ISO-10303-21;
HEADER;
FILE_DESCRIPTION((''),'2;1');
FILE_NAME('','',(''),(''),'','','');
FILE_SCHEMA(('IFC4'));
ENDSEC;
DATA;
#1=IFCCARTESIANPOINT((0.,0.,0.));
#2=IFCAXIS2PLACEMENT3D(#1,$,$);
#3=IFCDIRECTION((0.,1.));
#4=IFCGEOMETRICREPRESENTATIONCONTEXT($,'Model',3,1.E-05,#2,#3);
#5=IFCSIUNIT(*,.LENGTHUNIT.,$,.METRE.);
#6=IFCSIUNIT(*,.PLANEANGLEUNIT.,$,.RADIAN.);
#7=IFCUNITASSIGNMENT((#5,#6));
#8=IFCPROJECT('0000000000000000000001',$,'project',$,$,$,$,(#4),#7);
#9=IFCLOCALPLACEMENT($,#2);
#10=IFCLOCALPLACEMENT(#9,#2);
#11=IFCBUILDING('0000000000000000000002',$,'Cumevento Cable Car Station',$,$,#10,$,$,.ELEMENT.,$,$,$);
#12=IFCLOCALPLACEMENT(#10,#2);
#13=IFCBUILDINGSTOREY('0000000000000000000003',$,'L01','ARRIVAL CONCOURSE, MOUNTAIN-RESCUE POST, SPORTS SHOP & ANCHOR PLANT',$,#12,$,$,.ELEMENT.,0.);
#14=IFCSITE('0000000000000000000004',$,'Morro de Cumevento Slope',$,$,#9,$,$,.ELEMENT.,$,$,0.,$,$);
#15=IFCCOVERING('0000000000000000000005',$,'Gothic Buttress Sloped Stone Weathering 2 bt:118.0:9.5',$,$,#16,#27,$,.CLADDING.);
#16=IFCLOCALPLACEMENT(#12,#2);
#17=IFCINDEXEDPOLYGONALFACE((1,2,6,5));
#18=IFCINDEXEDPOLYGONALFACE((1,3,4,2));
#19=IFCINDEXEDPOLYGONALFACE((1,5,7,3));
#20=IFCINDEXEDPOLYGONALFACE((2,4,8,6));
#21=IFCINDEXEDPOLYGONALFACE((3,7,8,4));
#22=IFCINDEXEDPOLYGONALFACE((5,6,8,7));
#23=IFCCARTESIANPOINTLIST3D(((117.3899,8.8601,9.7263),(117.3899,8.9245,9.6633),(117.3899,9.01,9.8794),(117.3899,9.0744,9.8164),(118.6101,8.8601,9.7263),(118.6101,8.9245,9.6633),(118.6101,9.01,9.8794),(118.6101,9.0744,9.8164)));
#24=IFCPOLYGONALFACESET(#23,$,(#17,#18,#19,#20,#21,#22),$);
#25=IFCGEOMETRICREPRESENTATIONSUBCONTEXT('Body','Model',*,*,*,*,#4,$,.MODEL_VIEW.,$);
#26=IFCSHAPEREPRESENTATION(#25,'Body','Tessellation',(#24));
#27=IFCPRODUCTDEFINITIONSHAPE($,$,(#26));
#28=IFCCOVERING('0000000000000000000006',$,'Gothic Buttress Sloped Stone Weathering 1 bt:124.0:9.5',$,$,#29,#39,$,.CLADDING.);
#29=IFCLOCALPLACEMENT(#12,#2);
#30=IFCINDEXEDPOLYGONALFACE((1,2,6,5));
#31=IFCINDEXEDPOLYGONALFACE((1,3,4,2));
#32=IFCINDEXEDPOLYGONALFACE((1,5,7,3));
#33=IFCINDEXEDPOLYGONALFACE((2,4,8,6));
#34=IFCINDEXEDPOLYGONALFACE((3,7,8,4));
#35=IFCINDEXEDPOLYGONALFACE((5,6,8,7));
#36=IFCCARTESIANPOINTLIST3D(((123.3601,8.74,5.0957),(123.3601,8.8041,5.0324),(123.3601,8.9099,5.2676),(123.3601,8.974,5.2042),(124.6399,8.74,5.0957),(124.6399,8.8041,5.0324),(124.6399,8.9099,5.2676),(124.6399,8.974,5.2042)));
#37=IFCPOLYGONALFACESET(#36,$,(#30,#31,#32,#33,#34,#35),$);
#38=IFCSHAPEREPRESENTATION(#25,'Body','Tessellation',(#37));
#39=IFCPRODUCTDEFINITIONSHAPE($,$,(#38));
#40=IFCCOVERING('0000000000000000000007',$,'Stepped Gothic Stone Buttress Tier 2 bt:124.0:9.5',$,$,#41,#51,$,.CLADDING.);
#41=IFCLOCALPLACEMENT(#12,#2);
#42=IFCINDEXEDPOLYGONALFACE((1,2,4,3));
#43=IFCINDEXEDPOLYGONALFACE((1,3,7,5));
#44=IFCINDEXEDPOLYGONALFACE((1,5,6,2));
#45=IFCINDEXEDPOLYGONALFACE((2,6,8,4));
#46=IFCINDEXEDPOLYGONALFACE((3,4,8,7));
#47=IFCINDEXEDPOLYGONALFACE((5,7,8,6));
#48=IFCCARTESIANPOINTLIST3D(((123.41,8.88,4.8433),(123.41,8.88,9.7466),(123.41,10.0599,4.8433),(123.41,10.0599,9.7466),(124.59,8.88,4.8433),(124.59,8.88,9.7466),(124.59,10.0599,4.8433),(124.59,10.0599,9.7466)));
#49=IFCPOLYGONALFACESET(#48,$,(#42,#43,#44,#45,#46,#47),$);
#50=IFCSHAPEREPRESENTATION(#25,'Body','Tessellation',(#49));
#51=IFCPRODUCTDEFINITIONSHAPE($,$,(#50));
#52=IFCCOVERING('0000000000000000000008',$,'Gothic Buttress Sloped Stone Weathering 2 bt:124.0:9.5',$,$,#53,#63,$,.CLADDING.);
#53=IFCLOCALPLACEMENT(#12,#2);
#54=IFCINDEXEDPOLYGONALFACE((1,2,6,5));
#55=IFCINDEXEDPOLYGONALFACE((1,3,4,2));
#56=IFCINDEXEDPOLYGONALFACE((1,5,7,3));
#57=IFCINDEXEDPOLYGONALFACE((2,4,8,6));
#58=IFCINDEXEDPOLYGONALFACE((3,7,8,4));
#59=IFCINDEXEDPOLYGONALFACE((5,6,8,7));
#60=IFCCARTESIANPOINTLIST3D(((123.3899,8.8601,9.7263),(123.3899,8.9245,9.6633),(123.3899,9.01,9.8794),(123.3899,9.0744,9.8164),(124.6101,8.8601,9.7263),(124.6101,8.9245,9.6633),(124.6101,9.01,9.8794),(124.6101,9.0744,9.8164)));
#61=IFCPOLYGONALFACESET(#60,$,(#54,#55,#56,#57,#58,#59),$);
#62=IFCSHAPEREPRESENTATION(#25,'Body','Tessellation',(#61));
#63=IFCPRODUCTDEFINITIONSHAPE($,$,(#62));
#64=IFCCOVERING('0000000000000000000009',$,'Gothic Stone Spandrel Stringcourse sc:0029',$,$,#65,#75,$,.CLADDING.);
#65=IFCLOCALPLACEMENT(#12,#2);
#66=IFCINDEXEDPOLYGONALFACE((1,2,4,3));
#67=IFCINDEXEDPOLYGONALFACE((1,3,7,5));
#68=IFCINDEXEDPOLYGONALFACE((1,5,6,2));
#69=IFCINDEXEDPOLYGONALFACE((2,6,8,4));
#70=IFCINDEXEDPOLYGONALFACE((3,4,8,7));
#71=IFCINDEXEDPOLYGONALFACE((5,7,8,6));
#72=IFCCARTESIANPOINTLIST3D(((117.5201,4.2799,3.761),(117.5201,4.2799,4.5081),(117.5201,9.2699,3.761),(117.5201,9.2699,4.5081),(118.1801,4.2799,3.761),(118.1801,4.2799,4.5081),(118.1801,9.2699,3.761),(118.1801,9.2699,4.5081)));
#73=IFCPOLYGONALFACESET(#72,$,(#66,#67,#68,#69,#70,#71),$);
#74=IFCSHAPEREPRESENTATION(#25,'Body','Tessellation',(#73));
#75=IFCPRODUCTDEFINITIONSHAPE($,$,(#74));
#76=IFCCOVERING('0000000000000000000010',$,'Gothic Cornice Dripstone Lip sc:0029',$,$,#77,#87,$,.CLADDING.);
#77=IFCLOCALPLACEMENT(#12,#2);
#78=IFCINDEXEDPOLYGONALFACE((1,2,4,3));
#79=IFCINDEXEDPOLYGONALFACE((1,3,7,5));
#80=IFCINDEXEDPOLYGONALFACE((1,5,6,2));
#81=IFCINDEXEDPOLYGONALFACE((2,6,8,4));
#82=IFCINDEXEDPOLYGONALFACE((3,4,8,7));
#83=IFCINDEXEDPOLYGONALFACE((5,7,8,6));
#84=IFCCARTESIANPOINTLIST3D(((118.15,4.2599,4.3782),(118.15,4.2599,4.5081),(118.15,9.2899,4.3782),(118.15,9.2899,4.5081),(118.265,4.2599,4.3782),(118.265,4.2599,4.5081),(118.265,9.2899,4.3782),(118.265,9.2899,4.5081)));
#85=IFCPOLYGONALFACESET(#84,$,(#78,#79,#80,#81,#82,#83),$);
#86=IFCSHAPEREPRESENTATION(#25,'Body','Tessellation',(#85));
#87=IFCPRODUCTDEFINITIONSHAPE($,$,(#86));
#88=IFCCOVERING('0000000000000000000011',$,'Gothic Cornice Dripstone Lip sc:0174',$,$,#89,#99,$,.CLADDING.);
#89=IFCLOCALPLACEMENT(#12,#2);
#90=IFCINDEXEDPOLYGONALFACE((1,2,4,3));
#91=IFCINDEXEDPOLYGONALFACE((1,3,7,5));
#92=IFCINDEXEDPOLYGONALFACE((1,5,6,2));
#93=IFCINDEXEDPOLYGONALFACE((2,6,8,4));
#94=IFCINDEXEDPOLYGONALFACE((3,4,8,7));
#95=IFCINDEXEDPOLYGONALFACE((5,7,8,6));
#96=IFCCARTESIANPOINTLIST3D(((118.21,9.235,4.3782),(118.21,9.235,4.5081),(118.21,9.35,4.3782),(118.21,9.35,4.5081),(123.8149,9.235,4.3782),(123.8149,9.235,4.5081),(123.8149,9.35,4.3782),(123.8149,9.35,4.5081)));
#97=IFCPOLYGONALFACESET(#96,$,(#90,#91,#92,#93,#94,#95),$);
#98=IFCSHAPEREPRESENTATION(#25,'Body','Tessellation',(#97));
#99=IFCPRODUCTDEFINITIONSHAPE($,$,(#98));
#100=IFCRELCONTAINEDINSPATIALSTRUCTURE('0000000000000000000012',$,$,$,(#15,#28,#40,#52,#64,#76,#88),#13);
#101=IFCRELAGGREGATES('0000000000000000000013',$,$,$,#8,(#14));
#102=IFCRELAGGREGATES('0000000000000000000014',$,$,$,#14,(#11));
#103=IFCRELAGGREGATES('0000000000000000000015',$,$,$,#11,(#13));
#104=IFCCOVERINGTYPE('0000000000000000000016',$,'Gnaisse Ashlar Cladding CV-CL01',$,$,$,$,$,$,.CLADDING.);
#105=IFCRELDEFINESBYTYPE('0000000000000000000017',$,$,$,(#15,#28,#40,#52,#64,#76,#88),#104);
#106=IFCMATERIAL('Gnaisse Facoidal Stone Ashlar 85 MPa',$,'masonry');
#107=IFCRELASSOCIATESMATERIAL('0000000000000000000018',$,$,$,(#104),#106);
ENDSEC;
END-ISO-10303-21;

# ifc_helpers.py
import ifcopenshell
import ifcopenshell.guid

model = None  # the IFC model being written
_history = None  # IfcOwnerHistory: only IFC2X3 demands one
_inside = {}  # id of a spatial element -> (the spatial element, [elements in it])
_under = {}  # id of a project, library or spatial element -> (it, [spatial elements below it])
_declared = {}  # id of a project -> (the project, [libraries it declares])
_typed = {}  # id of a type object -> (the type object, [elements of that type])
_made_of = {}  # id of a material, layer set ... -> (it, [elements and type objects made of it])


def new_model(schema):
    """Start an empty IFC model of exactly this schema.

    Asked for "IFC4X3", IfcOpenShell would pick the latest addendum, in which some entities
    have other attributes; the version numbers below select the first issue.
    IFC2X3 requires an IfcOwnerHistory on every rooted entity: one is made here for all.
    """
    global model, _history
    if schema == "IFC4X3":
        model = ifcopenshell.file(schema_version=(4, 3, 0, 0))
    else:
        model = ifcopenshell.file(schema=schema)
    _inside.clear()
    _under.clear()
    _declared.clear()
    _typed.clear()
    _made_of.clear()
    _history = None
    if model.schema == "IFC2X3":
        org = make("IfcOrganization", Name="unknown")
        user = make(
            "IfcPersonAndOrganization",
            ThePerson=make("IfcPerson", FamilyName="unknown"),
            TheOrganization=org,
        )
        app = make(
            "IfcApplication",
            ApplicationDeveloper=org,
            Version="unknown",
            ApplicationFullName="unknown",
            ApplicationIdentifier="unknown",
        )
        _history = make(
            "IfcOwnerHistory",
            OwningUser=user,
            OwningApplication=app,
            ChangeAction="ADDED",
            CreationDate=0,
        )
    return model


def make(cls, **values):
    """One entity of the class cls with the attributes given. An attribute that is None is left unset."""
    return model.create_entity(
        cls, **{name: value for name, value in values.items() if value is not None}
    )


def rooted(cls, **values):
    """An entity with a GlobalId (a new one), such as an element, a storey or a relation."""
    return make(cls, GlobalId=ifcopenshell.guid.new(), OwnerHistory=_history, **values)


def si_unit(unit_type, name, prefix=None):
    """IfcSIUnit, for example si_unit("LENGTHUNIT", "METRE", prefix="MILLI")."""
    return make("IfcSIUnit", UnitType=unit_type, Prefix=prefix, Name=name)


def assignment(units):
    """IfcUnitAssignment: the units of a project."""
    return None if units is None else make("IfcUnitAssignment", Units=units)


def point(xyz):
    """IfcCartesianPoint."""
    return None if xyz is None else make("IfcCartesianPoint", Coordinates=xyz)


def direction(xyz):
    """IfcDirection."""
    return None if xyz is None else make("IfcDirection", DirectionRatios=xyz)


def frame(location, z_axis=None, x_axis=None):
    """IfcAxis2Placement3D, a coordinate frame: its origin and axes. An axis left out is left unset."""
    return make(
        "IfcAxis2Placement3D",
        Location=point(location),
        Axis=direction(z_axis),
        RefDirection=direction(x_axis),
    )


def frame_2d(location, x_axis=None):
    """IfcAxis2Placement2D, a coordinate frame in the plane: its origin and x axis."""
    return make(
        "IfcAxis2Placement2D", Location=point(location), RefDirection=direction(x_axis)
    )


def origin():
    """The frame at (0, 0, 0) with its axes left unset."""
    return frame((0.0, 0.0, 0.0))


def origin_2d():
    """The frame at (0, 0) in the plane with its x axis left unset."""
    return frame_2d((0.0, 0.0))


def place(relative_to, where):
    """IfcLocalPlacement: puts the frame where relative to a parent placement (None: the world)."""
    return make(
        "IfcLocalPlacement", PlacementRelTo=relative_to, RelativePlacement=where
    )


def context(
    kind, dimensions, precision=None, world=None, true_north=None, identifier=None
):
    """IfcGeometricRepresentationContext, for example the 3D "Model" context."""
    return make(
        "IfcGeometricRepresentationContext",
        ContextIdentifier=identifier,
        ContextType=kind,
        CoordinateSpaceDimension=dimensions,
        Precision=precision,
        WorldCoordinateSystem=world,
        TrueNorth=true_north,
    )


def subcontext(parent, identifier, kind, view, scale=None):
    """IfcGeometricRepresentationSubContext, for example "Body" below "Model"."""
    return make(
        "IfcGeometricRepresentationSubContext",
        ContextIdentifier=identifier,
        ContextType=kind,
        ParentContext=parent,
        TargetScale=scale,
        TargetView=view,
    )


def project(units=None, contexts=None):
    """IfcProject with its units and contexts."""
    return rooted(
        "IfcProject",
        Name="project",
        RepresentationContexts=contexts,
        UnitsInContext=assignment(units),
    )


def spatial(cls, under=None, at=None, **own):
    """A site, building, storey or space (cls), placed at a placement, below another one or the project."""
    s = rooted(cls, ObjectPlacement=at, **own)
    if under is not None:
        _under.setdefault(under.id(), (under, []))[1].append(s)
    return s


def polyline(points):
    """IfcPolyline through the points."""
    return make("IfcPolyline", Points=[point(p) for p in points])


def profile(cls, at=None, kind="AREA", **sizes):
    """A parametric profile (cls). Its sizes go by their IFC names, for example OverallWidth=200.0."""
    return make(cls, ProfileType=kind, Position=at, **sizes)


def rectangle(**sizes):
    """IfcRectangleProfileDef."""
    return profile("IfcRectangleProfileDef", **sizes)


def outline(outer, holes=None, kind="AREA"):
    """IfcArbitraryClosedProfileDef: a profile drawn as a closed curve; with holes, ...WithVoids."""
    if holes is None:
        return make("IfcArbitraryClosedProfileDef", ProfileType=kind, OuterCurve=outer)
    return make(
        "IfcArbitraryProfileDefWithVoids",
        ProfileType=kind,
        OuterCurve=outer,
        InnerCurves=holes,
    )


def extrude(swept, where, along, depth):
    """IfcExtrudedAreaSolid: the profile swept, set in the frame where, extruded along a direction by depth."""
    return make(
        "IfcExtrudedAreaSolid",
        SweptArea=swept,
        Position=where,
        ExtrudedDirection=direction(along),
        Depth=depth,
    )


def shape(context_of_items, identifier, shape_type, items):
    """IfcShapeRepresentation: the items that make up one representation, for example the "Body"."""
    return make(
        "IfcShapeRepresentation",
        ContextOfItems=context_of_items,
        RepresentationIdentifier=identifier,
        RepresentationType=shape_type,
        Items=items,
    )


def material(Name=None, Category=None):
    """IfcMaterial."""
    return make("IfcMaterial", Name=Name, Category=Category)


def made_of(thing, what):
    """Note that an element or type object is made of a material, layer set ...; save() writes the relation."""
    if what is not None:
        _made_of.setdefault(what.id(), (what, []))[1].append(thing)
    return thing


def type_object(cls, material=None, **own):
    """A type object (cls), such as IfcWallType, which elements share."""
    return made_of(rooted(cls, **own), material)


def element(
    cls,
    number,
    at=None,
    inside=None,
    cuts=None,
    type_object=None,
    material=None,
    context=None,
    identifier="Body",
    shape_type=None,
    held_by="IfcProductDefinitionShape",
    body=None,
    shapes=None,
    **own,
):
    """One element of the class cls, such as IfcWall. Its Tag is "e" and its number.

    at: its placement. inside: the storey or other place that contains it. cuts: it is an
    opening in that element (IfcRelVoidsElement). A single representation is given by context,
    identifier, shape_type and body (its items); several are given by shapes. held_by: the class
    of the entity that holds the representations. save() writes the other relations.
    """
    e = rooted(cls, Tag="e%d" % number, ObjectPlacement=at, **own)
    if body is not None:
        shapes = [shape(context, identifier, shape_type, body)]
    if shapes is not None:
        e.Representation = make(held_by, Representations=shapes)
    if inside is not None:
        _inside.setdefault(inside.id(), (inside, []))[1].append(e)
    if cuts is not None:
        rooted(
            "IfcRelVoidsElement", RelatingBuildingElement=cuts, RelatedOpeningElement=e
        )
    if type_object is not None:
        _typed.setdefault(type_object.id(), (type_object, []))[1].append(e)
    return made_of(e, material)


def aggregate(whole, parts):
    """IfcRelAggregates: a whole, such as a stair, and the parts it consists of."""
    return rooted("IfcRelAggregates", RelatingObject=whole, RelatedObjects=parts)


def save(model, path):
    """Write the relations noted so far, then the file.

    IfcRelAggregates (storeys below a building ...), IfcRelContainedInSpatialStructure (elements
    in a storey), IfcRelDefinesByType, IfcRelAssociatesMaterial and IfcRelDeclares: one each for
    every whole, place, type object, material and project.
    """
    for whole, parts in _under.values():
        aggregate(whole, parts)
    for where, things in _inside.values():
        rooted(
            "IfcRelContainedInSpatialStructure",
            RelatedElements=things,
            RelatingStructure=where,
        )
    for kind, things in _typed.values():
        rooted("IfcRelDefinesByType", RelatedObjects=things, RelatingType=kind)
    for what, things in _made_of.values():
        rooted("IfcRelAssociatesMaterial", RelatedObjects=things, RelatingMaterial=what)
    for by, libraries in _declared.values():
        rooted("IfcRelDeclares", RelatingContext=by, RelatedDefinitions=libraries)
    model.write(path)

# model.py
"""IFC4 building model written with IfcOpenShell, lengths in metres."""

from ifc_helpers import new_model, si_unit, direction, frame, origin, origin_2d, place, context, subcontext, project, spatial, polyline, rectangle, outline, extrude, material, type_object, element, save


model = new_model("IFC4")

# Units and contexts
model_context = context("Model", 3, precision=1e-05, world=origin(), true_north=direction((0.0, 1.0)))
body_context = subcontext(model_context, "Body", "Model", "MODEL_VIEW")
ifc_project = project(units=[si_unit("LENGTHUNIT", "METRE"), si_unit("PLANEANGLEUNIT", "RADIAN")], contexts=[model_context])

# Site, building, storey
site_placement = place(None, origin())
site = spatial("IfcSite", under=ifc_project, at=site_placement, Name="Morro de Cumevento Slope", CompositionType="ELEMENT", RefElevation=0.0)
building_placement = place(site_placement, origin())
building = spatial("IfcBuilding", under=site, at=building_placement, Name="Cumevento Cable Car Station", CompositionType="ELEMENT")
storey_placement = place(building_placement, origin())
storey = spatial("IfcBuildingStorey", under=building, at=storey_placement, Name="L01", Description="ARRIVAL CONCOURSE, MOUNTAIN-RESCUE POST, SPORTS SHOP & ANCHOR PLANT", CompositionType="ELEMENT", Elevation=0.0)

# Coverings
ifc_material_1 = material(Name="Gnaisse Facoidal Stone Ashlar 85 MPa", Category="masonry")
covering_type = type_object("IfcCoveringType", Name="Gnaisse Ashlar Cladding CV-CL01", PredefinedType="CLADDING", material=ifc_material_1)
covering_1_placement = place(storey_placement, frame((117.3899, 8.8601, 9.7263), z_axis=(0.0, -0.714475, 0.699661), x_axis=(1.0, 0.0, 0.0)))
element("IfcCovering", 1, at=covering_1_placement, inside=storey, type_object=covering_type, Name="Gothic Buttress Sloped Stone Weathering 2 bt:118.0:9.5", PredefinedType="CLADDING", context=body_context, shape_type="SweptSolid", body=[
    extrude(outline(polyline([(0.0, 0.0), (1.2202, 0.0), (1.2202, 0.2142), (0.0, 0.2142), (0.0, 0.0)])), origin(), (0.0, 0.0, -1.0), 0.0901),
])
covering_2_placement = place(storey_placement, frame((123.3601, 8.74, 5.0957), z_axis=(0.0, -0.711136, 0.703055), x_axis=(1.0, 0.0, 0.0)))
element("IfcCovering", 2, at=covering_2_placement, inside=storey, type_object=covering_type, Name="Gothic Buttress Sloped Stone Weathering 1 bt:124.0:9.5", PredefinedType="CLADDING", context=body_context, shape_type="SweptSolid", body=[
    extrude(outline(polyline([(0.0, 0.0), (1.2798, 0.0), (1.2798, 0.2417), (0.0, 0.2417), (0.0, 0.0)])), origin(), (0.0, 0.0, -1.0), 0.0901),
])
covering_3_placement = place(storey_placement, frame((124.0, 9.47, 4.8433), z_axis=(0.0, 0.0, 1.0), x_axis=(1.0, 0.0, 0.0)))
element("IfcCovering", 3, at=covering_3_placement, inside=storey, type_object=covering_type, Name="Stepped Gothic Stone Buttress Tier 2 bt:124.0:9.5", PredefinedType="CLADDING", context=body_context, shape_type="SweptSolid", body=[
    extrude(rectangle(XDim=1.1799, YDim=1.1799, at=origin_2d()), origin(), (0.0, 0.0, 1.0), 4.9033),
])
covering_4_placement = place(storey_placement, frame((123.3899, 8.8601, 9.7263), z_axis=(0.0, -0.714475, 0.699661), x_axis=(1.0, 0.0, 0.0)))
element("IfcCovering", 4, at=covering_4_placement, inside=storey, type_object=covering_type, Name="Gothic Buttress Sloped Stone Weathering 2 bt:124.0:9.5", PredefinedType="CLADDING", context=body_context, shape_type="SweptSolid", body=[
    extrude(outline(polyline([(0.0, 0.0), (1.2202, 0.0), (1.2202, 0.2142), (0.0, 0.2142), (0.0, 0.0)])), origin(), (0.0, 0.0, -1.0), 0.0901),
])
covering_5_placement = place(storey_placement, frame((117.8501, 6.7749, 3.761), z_axis=(0.0, 0.0, 1.0), x_axis=(0.0, -1.0, 0.0)))
element("IfcCovering", 5, at=covering_5_placement, inside=storey, type_object=covering_type, Name="Gothic Stone Spandrel Stringcourse sc:0029", PredefinedType="CLADDING", context=body_context, shape_type="SweptSolid", body=[
    extrude(rectangle(XDim=4.99, YDim=0.6599, at=origin_2d()), origin(), (0.0, 0.0, 1.0), 0.7471),
])
covering_6_placement = place(storey_placement, frame((118.2075, 6.7749, 4.3782), z_axis=(0.0, 0.0, 1.0), x_axis=(0.0, -1.0, 0.0)))
element("IfcCovering", 6, at=covering_6_placement, inside=storey, type_object=covering_type, Name="Gothic Cornice Dripstone Lip sc:0029", PredefinedType="CLADDING", context=body_context, shape_type="SweptSolid", body=[
    extrude(rectangle(XDim=5.03, YDim=0.115, at=origin_2d()), origin(), (0.0, 0.0, 1.0), 0.1299),
])
covering_7_placement = place(storey_placement, frame((121.0125, 9.2925, 4.3782), z_axis=(0.0, 0.0, 1.0), x_axis=(-1.0, 0.0, 0.0)))
element("IfcCovering", 7, at=covering_7_placement, inside=storey, type_object=covering_type, Name="Gothic Cornice Dripstone Lip sc:0174", PredefinedType="CLADDING", context=body_context, shape_type="SweptSolid", body=[
    extrude(rectangle(XDim=5.605, YDim=0.115, at=origin_2d()), origin(), (0.0, 0.0, 1.0), 0.1299),
])

save(model, "model.ifc")
